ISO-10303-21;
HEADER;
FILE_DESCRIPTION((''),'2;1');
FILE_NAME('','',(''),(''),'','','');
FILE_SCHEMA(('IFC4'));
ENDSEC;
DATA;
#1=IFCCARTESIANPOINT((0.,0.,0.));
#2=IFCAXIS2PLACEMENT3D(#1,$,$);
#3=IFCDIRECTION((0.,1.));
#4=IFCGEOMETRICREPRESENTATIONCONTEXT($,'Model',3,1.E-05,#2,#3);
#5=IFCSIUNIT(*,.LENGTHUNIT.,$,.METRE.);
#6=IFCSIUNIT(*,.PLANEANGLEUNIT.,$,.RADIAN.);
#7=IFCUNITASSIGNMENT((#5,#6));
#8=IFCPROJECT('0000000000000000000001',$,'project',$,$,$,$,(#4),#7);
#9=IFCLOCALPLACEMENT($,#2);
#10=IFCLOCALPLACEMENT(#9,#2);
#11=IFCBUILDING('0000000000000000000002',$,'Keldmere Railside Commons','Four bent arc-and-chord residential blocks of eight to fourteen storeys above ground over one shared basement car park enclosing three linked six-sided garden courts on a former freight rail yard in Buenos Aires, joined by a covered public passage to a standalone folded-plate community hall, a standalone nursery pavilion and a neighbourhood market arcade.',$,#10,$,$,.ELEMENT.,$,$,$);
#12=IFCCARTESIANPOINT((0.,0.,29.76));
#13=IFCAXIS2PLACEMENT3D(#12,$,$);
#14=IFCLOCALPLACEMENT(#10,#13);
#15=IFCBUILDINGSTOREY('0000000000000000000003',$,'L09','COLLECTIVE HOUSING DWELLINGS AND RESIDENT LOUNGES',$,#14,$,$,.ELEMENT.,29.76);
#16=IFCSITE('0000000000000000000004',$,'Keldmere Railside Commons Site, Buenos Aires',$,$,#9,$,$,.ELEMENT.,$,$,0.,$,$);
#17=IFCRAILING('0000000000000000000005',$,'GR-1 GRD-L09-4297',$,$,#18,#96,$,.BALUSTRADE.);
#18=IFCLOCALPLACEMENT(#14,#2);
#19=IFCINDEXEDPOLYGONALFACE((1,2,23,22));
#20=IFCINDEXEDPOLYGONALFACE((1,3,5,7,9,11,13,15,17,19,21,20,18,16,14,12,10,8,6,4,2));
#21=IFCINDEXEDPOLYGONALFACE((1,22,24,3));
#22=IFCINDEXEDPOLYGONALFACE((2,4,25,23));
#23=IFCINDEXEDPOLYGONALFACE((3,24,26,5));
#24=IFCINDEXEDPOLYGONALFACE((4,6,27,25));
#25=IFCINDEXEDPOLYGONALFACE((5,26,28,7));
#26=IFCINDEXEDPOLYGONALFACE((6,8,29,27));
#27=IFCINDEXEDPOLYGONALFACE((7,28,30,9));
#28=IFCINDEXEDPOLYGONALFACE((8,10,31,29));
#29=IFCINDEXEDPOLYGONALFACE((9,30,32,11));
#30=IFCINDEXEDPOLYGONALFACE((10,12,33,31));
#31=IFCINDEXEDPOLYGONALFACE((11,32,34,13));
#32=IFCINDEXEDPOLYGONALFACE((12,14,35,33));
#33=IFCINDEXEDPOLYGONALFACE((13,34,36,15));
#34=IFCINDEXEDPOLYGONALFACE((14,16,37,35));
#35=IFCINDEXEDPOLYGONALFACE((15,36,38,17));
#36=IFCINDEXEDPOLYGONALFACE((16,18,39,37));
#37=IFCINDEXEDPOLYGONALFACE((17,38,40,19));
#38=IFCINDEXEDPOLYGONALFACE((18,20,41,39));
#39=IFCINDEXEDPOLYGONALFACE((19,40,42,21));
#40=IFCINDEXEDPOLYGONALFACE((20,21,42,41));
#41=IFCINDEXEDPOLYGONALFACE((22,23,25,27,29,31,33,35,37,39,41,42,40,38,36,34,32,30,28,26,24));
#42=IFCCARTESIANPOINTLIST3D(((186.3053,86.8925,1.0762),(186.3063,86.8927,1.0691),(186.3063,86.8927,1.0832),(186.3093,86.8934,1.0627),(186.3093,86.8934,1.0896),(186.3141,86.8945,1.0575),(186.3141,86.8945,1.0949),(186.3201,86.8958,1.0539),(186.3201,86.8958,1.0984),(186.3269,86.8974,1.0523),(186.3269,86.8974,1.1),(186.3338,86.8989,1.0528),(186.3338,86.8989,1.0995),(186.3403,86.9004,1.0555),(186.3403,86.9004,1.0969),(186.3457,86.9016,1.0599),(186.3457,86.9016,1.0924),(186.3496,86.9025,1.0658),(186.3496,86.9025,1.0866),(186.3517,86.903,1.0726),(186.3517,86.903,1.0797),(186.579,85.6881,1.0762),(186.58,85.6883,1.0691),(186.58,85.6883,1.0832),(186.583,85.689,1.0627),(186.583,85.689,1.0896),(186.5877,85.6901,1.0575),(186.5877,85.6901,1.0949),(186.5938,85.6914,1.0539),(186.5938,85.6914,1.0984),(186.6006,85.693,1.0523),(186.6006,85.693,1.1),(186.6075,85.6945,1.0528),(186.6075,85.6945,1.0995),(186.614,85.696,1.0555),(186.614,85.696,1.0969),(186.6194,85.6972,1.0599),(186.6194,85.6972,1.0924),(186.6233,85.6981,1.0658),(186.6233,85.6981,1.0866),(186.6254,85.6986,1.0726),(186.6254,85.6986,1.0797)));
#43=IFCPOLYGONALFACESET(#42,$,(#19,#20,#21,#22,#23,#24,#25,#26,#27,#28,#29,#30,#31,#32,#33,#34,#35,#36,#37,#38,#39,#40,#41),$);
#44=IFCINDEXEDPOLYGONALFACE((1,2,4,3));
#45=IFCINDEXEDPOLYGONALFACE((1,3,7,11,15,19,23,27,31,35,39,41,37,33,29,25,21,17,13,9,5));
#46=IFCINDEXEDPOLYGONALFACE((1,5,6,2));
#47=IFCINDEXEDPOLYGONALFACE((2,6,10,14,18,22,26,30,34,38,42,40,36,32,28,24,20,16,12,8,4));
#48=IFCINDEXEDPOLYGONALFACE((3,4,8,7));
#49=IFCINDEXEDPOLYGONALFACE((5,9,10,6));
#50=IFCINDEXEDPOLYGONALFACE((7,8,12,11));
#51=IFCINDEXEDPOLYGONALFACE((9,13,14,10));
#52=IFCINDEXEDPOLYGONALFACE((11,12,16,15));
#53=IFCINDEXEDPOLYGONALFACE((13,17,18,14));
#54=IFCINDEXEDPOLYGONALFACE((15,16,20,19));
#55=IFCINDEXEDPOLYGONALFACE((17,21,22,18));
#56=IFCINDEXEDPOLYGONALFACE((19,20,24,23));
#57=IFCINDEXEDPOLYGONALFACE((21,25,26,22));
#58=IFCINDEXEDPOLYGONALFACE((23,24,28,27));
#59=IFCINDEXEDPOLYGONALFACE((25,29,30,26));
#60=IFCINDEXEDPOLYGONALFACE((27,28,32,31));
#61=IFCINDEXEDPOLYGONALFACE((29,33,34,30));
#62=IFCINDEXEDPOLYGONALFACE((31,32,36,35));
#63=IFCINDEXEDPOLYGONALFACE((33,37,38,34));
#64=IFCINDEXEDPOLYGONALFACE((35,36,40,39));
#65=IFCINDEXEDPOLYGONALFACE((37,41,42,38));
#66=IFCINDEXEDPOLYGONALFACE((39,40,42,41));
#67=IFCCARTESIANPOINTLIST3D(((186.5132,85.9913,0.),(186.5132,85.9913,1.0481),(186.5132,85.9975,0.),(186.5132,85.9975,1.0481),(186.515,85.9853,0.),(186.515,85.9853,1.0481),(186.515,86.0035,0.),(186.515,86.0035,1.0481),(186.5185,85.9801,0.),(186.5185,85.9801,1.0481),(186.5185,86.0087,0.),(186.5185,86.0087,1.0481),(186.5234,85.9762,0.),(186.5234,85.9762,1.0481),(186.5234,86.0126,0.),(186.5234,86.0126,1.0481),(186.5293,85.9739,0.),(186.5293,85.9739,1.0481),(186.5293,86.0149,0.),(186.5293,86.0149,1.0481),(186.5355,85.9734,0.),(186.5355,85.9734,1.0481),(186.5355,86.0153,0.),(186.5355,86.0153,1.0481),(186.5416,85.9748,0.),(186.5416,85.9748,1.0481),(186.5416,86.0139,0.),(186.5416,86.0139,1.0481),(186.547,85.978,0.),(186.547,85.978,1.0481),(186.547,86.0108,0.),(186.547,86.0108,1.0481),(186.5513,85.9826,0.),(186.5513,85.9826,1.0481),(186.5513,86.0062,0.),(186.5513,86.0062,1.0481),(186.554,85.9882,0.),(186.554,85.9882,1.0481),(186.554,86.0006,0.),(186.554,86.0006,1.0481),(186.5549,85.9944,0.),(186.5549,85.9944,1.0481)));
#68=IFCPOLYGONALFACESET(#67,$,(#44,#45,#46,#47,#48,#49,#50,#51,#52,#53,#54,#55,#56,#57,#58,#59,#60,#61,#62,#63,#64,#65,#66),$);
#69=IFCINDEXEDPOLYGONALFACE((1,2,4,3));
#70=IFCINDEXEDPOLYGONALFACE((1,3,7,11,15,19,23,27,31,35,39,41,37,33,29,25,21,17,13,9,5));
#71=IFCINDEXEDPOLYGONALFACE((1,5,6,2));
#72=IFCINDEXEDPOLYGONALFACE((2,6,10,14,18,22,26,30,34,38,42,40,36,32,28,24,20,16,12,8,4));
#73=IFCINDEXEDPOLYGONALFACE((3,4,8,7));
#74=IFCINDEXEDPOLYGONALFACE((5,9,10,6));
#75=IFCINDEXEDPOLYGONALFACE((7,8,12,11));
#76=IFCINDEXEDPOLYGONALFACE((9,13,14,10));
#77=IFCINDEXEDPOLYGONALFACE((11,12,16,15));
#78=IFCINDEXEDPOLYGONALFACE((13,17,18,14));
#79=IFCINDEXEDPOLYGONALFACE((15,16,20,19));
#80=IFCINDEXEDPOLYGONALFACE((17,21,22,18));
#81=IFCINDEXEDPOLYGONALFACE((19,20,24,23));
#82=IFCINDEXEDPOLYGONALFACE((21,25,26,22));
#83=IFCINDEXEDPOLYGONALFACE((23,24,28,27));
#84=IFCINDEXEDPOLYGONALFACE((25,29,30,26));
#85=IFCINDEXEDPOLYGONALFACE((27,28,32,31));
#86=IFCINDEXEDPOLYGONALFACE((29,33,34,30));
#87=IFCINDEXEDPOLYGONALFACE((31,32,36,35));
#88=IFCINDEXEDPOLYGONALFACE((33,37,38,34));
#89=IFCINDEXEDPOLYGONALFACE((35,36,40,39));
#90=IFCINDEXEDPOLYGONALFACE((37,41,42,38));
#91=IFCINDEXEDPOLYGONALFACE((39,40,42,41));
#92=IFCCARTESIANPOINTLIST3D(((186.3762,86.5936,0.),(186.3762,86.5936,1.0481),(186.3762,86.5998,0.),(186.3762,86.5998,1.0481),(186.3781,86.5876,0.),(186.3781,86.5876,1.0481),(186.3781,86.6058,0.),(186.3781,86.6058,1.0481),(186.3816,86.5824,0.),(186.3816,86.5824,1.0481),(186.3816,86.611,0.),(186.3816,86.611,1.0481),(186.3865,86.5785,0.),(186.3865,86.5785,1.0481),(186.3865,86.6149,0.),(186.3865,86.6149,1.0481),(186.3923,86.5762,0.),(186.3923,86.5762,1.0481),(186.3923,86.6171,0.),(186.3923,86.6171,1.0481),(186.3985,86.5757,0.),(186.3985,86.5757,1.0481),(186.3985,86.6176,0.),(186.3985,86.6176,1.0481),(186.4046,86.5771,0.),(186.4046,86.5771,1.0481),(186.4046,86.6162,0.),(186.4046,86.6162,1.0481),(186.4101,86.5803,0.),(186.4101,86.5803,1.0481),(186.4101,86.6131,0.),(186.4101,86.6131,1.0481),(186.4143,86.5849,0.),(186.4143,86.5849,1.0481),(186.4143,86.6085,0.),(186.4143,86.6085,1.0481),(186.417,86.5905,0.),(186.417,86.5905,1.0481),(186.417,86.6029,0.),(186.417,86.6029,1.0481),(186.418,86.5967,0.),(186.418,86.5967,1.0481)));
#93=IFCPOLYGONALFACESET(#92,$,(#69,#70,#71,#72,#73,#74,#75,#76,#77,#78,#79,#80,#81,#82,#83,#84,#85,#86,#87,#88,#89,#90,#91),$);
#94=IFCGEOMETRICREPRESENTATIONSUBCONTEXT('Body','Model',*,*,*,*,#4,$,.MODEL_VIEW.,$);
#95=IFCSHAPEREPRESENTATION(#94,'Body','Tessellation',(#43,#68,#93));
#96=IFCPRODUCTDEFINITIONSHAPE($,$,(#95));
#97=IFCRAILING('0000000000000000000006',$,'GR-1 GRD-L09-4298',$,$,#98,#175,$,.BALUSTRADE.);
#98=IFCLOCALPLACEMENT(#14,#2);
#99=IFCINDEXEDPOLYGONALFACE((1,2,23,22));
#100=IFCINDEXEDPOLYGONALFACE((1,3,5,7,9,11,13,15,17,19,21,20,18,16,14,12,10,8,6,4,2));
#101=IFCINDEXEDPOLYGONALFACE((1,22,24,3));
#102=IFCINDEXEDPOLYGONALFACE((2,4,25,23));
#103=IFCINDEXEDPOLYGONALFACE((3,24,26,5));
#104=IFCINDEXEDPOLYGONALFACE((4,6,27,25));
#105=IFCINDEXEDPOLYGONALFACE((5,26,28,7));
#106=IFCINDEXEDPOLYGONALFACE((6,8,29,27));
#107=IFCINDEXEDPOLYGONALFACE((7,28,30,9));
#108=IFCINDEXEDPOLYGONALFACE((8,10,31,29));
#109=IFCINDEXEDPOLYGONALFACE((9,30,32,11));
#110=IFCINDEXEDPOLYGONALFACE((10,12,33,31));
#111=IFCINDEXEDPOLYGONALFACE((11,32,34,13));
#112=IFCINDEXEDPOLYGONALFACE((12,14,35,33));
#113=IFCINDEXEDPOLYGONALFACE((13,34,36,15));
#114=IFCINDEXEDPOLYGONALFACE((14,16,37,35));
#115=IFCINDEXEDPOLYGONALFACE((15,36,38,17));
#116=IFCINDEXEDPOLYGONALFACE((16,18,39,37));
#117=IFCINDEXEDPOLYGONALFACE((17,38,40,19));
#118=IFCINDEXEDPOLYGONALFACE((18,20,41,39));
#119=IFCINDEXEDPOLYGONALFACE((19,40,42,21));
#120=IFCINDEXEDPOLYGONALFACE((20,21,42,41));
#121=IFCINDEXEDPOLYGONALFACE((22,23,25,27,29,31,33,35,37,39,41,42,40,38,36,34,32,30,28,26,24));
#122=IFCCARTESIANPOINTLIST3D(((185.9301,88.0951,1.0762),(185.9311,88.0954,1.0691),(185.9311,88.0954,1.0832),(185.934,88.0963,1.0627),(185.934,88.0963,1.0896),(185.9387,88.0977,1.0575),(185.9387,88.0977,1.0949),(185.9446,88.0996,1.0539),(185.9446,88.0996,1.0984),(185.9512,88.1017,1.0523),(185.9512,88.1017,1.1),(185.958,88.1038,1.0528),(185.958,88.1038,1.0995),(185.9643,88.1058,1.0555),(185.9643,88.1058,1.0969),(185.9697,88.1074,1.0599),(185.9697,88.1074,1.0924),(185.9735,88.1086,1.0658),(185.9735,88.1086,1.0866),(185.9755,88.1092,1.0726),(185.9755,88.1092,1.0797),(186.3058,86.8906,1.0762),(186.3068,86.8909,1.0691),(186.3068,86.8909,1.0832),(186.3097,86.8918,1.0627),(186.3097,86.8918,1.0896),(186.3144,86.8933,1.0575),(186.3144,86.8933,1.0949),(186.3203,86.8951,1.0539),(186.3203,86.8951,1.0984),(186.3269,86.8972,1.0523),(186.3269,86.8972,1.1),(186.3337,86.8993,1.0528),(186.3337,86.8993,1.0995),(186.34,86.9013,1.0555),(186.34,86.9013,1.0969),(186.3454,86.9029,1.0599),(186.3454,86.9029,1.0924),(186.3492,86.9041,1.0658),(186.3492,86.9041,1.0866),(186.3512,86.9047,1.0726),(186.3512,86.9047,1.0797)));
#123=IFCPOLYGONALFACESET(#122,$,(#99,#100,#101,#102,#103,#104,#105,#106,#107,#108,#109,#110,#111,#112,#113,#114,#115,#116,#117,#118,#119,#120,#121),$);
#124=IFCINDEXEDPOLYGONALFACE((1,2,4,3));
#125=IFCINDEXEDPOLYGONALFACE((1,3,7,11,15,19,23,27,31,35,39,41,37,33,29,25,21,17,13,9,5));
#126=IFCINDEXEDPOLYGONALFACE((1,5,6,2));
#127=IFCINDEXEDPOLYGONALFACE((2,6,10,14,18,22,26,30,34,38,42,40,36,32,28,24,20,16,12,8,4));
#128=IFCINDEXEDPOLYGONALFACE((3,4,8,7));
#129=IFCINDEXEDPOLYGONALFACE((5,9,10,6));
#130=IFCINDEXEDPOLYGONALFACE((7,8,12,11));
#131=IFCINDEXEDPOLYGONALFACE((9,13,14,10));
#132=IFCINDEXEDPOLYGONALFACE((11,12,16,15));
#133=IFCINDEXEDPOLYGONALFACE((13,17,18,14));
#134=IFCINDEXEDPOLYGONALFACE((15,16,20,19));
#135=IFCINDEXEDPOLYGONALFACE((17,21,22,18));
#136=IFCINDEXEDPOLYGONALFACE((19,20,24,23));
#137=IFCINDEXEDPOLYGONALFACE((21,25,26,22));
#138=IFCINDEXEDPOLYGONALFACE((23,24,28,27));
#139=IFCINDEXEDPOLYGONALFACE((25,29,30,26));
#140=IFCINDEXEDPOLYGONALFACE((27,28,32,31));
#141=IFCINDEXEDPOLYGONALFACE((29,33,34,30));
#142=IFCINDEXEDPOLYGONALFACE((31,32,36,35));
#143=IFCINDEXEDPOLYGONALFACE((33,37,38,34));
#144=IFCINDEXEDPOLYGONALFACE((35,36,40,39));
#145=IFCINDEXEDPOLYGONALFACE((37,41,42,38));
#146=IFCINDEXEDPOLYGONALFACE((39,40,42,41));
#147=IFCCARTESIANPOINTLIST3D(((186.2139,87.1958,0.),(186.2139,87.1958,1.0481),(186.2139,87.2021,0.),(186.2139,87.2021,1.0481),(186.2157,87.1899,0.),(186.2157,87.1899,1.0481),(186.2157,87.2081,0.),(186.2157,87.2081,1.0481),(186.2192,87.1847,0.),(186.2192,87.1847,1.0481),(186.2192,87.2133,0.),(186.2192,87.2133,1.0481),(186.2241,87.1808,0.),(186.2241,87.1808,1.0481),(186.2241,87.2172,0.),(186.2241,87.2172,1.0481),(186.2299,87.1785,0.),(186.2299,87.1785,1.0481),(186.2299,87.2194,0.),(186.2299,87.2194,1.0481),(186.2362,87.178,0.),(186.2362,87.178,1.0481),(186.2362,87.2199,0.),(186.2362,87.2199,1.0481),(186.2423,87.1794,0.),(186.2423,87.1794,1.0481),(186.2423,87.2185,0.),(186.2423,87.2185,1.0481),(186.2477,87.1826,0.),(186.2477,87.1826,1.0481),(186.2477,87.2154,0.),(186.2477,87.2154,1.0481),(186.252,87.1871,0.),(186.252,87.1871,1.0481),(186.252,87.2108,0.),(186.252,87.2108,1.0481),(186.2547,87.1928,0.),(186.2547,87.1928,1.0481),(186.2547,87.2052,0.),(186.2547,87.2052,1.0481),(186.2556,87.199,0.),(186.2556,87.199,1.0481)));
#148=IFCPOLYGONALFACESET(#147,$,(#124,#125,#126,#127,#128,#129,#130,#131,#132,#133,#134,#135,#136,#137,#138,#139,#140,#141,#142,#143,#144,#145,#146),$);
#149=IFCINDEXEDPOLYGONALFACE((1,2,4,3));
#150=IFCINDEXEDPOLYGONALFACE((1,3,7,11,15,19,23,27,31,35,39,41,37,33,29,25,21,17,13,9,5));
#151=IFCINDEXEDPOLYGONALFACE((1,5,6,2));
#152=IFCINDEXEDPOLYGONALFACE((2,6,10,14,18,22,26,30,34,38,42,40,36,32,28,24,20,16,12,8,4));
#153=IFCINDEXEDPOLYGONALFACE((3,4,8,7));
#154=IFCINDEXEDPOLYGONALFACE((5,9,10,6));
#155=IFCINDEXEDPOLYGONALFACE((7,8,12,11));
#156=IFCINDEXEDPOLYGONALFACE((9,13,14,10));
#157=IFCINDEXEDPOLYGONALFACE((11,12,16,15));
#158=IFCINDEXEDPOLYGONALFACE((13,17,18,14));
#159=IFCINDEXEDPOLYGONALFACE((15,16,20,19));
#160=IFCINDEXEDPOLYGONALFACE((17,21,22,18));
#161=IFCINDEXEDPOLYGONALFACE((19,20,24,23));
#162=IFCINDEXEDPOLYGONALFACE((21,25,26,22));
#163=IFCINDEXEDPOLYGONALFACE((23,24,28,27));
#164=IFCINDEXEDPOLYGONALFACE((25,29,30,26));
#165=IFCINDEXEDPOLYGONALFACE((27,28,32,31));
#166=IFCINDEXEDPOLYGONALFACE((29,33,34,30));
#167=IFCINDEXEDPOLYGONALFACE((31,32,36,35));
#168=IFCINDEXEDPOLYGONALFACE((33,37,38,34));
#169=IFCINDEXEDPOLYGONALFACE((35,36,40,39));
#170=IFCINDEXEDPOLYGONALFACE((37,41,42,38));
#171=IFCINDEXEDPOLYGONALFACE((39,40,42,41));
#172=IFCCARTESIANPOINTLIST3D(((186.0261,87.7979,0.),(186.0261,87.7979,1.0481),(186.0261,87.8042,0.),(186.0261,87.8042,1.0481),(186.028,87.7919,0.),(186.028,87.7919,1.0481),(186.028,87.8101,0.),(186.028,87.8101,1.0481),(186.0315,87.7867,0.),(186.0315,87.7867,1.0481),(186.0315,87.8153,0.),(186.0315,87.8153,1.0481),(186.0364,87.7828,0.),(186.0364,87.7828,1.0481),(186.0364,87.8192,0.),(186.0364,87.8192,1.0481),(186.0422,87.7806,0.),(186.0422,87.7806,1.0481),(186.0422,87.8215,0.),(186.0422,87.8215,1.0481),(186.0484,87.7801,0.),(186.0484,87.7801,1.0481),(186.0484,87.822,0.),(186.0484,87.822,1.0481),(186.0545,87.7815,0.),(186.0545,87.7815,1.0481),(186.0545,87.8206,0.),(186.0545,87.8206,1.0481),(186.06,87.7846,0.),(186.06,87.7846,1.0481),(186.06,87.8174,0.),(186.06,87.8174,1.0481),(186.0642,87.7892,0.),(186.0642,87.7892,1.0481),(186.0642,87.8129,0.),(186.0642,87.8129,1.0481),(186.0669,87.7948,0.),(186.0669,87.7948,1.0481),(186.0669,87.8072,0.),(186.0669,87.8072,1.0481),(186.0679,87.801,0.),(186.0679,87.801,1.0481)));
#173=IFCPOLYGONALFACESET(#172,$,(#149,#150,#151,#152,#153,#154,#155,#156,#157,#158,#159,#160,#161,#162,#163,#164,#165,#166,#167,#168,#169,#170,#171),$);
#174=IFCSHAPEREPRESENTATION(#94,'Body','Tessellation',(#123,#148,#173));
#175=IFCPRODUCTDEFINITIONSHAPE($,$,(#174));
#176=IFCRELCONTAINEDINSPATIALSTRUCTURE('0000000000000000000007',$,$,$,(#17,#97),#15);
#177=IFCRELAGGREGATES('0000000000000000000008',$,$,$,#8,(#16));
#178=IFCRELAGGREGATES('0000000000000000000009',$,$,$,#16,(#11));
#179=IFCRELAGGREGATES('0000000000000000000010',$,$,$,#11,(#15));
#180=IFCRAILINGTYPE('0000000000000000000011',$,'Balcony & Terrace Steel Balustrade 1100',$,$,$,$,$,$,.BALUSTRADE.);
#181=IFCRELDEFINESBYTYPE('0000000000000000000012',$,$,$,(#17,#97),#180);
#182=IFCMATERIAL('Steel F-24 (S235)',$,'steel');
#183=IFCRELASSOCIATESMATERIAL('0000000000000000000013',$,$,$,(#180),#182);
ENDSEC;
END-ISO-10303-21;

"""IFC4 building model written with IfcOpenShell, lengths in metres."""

from ifc_helpers import new_model, si_unit, direction, frame, origin, origin_2d, place, context, subcontext, project, spatial, circle, extrude, material, type_object, element, save


model = new_model("IFC4")

# Units and contexts
model_context = context("Model", 3, precision=1e-05, world=origin(), true_north=direction((0.0, 1.0)))
body_context = subcontext(model_context, "Body", "Model", "MODEL_VIEW")
ifc_project = project(units=[si_unit("LENGTHUNIT", "METRE"), si_unit("PLANEANGLEUNIT", "RADIAN")], contexts=[model_context])

# Site, building, storey
site_placement = place(None, origin())
site = spatial("IfcSite", under=ifc_project, at=site_placement, Name="Keldmere Railside Commons Site, Buenos Aires", CompositionType="ELEMENT", RefElevation=0.0)
building_placement = place(site_placement, origin())
building = spatial("IfcBuilding", under=site, at=building_placement, Name="Keldmere Railside Commons", Description="Four bent arc-and-chord residential blocks of eight to fourteen storeys above ground over one shared basement car park enclosing three linked six-sided garden courts on a former freight rail yard in Buenos Aires, joined by a covered public passage to a standalone folded-plate community hall, a standalone nursery pavilion and a neighbourhood market arcade.", CompositionType="ELEMENT")
storey_placement = place(building_placement, frame((0.0, 0.0, 29.76)))
storey = spatial("IfcBuildingStorey", under=building, at=storey_placement, Name="L09", Description="COLLECTIVE HOUSING DWELLINGS AND RESIDENT LOUNGES", CompositionType="ELEMENT", Elevation=29.76)

# Railings
ifc_material_1 = material(Name="Steel F-24 (S235)", Category="steel")
railing_type = type_object("IfcRailingType", Name="Balcony & Terrace Steel Balustrade 1100", PredefinedType="BALUSTRADE", material=ifc_material_1)
railing_1_placement = place(storey_placement, frame((186.6023, 85.6934, 0.0)))
element("IfcRailing", 1, at=railing_1_placement, inside=storey, type_object=railing_type, Name="GR-1 GRD-L09-4297", PredefinedType="BALUSTRADE", context=body_context, shape_type="SweptSolid", body=[
    extrude(circle(Radius=0.0239, at=origin_2d()), frame((0.0, 0.0, 1.0762), z_axis=(-0.221595, 0.975139, 0.0), x_axis=(-0.975139, -0.221595, 0.0)), (0.0, 0.0, 1.0), 1.2351),
    extrude(circle(Radius=0.021, at=origin_2d()), frame((-0.0684, 0.301, 0.0)), (0.0, 0.0, 1.0), 1.0481),
    extrude(circle(Radius=0.021, at=origin_2d()), frame((-0.2053, 0.9033, 0.0)), (0.0, 0.0, 1.0), 1.0481),
])
railing_2_placement = place(storey_placement, frame((186.3286, 86.8977, 0.0)))
element("IfcRailing", 2, at=railing_2_placement, inside=storey, type_object=railing_type, Name="GR-1 GRD-L09-4298", PredefinedType="BALUSTRADE", context=body_context, shape_type="SweptSolid", body=[
    extrude(circle(Radius=0.0239, at=origin_2d()), frame((0.0, 0.0, 1.0762), z_axis=(-0.297768, 0.954638, 0.0), x_axis=(-0.954638, -0.297768, 0.0)), (0.0, 0.0, 1.0), 1.2617),
    extrude(circle(Radius=0.021, at=origin_2d()), frame((-0.094, 0.3013, 0.0)), (0.0, 0.0, 1.0), 1.0481),
    extrude(circle(Radius=0.021, at=origin_2d()), frame((-0.2817, 0.9033, 0.0)), (0.0, 0.0, 1.0), 1.0481),
])

save(model, "model.ifc")
